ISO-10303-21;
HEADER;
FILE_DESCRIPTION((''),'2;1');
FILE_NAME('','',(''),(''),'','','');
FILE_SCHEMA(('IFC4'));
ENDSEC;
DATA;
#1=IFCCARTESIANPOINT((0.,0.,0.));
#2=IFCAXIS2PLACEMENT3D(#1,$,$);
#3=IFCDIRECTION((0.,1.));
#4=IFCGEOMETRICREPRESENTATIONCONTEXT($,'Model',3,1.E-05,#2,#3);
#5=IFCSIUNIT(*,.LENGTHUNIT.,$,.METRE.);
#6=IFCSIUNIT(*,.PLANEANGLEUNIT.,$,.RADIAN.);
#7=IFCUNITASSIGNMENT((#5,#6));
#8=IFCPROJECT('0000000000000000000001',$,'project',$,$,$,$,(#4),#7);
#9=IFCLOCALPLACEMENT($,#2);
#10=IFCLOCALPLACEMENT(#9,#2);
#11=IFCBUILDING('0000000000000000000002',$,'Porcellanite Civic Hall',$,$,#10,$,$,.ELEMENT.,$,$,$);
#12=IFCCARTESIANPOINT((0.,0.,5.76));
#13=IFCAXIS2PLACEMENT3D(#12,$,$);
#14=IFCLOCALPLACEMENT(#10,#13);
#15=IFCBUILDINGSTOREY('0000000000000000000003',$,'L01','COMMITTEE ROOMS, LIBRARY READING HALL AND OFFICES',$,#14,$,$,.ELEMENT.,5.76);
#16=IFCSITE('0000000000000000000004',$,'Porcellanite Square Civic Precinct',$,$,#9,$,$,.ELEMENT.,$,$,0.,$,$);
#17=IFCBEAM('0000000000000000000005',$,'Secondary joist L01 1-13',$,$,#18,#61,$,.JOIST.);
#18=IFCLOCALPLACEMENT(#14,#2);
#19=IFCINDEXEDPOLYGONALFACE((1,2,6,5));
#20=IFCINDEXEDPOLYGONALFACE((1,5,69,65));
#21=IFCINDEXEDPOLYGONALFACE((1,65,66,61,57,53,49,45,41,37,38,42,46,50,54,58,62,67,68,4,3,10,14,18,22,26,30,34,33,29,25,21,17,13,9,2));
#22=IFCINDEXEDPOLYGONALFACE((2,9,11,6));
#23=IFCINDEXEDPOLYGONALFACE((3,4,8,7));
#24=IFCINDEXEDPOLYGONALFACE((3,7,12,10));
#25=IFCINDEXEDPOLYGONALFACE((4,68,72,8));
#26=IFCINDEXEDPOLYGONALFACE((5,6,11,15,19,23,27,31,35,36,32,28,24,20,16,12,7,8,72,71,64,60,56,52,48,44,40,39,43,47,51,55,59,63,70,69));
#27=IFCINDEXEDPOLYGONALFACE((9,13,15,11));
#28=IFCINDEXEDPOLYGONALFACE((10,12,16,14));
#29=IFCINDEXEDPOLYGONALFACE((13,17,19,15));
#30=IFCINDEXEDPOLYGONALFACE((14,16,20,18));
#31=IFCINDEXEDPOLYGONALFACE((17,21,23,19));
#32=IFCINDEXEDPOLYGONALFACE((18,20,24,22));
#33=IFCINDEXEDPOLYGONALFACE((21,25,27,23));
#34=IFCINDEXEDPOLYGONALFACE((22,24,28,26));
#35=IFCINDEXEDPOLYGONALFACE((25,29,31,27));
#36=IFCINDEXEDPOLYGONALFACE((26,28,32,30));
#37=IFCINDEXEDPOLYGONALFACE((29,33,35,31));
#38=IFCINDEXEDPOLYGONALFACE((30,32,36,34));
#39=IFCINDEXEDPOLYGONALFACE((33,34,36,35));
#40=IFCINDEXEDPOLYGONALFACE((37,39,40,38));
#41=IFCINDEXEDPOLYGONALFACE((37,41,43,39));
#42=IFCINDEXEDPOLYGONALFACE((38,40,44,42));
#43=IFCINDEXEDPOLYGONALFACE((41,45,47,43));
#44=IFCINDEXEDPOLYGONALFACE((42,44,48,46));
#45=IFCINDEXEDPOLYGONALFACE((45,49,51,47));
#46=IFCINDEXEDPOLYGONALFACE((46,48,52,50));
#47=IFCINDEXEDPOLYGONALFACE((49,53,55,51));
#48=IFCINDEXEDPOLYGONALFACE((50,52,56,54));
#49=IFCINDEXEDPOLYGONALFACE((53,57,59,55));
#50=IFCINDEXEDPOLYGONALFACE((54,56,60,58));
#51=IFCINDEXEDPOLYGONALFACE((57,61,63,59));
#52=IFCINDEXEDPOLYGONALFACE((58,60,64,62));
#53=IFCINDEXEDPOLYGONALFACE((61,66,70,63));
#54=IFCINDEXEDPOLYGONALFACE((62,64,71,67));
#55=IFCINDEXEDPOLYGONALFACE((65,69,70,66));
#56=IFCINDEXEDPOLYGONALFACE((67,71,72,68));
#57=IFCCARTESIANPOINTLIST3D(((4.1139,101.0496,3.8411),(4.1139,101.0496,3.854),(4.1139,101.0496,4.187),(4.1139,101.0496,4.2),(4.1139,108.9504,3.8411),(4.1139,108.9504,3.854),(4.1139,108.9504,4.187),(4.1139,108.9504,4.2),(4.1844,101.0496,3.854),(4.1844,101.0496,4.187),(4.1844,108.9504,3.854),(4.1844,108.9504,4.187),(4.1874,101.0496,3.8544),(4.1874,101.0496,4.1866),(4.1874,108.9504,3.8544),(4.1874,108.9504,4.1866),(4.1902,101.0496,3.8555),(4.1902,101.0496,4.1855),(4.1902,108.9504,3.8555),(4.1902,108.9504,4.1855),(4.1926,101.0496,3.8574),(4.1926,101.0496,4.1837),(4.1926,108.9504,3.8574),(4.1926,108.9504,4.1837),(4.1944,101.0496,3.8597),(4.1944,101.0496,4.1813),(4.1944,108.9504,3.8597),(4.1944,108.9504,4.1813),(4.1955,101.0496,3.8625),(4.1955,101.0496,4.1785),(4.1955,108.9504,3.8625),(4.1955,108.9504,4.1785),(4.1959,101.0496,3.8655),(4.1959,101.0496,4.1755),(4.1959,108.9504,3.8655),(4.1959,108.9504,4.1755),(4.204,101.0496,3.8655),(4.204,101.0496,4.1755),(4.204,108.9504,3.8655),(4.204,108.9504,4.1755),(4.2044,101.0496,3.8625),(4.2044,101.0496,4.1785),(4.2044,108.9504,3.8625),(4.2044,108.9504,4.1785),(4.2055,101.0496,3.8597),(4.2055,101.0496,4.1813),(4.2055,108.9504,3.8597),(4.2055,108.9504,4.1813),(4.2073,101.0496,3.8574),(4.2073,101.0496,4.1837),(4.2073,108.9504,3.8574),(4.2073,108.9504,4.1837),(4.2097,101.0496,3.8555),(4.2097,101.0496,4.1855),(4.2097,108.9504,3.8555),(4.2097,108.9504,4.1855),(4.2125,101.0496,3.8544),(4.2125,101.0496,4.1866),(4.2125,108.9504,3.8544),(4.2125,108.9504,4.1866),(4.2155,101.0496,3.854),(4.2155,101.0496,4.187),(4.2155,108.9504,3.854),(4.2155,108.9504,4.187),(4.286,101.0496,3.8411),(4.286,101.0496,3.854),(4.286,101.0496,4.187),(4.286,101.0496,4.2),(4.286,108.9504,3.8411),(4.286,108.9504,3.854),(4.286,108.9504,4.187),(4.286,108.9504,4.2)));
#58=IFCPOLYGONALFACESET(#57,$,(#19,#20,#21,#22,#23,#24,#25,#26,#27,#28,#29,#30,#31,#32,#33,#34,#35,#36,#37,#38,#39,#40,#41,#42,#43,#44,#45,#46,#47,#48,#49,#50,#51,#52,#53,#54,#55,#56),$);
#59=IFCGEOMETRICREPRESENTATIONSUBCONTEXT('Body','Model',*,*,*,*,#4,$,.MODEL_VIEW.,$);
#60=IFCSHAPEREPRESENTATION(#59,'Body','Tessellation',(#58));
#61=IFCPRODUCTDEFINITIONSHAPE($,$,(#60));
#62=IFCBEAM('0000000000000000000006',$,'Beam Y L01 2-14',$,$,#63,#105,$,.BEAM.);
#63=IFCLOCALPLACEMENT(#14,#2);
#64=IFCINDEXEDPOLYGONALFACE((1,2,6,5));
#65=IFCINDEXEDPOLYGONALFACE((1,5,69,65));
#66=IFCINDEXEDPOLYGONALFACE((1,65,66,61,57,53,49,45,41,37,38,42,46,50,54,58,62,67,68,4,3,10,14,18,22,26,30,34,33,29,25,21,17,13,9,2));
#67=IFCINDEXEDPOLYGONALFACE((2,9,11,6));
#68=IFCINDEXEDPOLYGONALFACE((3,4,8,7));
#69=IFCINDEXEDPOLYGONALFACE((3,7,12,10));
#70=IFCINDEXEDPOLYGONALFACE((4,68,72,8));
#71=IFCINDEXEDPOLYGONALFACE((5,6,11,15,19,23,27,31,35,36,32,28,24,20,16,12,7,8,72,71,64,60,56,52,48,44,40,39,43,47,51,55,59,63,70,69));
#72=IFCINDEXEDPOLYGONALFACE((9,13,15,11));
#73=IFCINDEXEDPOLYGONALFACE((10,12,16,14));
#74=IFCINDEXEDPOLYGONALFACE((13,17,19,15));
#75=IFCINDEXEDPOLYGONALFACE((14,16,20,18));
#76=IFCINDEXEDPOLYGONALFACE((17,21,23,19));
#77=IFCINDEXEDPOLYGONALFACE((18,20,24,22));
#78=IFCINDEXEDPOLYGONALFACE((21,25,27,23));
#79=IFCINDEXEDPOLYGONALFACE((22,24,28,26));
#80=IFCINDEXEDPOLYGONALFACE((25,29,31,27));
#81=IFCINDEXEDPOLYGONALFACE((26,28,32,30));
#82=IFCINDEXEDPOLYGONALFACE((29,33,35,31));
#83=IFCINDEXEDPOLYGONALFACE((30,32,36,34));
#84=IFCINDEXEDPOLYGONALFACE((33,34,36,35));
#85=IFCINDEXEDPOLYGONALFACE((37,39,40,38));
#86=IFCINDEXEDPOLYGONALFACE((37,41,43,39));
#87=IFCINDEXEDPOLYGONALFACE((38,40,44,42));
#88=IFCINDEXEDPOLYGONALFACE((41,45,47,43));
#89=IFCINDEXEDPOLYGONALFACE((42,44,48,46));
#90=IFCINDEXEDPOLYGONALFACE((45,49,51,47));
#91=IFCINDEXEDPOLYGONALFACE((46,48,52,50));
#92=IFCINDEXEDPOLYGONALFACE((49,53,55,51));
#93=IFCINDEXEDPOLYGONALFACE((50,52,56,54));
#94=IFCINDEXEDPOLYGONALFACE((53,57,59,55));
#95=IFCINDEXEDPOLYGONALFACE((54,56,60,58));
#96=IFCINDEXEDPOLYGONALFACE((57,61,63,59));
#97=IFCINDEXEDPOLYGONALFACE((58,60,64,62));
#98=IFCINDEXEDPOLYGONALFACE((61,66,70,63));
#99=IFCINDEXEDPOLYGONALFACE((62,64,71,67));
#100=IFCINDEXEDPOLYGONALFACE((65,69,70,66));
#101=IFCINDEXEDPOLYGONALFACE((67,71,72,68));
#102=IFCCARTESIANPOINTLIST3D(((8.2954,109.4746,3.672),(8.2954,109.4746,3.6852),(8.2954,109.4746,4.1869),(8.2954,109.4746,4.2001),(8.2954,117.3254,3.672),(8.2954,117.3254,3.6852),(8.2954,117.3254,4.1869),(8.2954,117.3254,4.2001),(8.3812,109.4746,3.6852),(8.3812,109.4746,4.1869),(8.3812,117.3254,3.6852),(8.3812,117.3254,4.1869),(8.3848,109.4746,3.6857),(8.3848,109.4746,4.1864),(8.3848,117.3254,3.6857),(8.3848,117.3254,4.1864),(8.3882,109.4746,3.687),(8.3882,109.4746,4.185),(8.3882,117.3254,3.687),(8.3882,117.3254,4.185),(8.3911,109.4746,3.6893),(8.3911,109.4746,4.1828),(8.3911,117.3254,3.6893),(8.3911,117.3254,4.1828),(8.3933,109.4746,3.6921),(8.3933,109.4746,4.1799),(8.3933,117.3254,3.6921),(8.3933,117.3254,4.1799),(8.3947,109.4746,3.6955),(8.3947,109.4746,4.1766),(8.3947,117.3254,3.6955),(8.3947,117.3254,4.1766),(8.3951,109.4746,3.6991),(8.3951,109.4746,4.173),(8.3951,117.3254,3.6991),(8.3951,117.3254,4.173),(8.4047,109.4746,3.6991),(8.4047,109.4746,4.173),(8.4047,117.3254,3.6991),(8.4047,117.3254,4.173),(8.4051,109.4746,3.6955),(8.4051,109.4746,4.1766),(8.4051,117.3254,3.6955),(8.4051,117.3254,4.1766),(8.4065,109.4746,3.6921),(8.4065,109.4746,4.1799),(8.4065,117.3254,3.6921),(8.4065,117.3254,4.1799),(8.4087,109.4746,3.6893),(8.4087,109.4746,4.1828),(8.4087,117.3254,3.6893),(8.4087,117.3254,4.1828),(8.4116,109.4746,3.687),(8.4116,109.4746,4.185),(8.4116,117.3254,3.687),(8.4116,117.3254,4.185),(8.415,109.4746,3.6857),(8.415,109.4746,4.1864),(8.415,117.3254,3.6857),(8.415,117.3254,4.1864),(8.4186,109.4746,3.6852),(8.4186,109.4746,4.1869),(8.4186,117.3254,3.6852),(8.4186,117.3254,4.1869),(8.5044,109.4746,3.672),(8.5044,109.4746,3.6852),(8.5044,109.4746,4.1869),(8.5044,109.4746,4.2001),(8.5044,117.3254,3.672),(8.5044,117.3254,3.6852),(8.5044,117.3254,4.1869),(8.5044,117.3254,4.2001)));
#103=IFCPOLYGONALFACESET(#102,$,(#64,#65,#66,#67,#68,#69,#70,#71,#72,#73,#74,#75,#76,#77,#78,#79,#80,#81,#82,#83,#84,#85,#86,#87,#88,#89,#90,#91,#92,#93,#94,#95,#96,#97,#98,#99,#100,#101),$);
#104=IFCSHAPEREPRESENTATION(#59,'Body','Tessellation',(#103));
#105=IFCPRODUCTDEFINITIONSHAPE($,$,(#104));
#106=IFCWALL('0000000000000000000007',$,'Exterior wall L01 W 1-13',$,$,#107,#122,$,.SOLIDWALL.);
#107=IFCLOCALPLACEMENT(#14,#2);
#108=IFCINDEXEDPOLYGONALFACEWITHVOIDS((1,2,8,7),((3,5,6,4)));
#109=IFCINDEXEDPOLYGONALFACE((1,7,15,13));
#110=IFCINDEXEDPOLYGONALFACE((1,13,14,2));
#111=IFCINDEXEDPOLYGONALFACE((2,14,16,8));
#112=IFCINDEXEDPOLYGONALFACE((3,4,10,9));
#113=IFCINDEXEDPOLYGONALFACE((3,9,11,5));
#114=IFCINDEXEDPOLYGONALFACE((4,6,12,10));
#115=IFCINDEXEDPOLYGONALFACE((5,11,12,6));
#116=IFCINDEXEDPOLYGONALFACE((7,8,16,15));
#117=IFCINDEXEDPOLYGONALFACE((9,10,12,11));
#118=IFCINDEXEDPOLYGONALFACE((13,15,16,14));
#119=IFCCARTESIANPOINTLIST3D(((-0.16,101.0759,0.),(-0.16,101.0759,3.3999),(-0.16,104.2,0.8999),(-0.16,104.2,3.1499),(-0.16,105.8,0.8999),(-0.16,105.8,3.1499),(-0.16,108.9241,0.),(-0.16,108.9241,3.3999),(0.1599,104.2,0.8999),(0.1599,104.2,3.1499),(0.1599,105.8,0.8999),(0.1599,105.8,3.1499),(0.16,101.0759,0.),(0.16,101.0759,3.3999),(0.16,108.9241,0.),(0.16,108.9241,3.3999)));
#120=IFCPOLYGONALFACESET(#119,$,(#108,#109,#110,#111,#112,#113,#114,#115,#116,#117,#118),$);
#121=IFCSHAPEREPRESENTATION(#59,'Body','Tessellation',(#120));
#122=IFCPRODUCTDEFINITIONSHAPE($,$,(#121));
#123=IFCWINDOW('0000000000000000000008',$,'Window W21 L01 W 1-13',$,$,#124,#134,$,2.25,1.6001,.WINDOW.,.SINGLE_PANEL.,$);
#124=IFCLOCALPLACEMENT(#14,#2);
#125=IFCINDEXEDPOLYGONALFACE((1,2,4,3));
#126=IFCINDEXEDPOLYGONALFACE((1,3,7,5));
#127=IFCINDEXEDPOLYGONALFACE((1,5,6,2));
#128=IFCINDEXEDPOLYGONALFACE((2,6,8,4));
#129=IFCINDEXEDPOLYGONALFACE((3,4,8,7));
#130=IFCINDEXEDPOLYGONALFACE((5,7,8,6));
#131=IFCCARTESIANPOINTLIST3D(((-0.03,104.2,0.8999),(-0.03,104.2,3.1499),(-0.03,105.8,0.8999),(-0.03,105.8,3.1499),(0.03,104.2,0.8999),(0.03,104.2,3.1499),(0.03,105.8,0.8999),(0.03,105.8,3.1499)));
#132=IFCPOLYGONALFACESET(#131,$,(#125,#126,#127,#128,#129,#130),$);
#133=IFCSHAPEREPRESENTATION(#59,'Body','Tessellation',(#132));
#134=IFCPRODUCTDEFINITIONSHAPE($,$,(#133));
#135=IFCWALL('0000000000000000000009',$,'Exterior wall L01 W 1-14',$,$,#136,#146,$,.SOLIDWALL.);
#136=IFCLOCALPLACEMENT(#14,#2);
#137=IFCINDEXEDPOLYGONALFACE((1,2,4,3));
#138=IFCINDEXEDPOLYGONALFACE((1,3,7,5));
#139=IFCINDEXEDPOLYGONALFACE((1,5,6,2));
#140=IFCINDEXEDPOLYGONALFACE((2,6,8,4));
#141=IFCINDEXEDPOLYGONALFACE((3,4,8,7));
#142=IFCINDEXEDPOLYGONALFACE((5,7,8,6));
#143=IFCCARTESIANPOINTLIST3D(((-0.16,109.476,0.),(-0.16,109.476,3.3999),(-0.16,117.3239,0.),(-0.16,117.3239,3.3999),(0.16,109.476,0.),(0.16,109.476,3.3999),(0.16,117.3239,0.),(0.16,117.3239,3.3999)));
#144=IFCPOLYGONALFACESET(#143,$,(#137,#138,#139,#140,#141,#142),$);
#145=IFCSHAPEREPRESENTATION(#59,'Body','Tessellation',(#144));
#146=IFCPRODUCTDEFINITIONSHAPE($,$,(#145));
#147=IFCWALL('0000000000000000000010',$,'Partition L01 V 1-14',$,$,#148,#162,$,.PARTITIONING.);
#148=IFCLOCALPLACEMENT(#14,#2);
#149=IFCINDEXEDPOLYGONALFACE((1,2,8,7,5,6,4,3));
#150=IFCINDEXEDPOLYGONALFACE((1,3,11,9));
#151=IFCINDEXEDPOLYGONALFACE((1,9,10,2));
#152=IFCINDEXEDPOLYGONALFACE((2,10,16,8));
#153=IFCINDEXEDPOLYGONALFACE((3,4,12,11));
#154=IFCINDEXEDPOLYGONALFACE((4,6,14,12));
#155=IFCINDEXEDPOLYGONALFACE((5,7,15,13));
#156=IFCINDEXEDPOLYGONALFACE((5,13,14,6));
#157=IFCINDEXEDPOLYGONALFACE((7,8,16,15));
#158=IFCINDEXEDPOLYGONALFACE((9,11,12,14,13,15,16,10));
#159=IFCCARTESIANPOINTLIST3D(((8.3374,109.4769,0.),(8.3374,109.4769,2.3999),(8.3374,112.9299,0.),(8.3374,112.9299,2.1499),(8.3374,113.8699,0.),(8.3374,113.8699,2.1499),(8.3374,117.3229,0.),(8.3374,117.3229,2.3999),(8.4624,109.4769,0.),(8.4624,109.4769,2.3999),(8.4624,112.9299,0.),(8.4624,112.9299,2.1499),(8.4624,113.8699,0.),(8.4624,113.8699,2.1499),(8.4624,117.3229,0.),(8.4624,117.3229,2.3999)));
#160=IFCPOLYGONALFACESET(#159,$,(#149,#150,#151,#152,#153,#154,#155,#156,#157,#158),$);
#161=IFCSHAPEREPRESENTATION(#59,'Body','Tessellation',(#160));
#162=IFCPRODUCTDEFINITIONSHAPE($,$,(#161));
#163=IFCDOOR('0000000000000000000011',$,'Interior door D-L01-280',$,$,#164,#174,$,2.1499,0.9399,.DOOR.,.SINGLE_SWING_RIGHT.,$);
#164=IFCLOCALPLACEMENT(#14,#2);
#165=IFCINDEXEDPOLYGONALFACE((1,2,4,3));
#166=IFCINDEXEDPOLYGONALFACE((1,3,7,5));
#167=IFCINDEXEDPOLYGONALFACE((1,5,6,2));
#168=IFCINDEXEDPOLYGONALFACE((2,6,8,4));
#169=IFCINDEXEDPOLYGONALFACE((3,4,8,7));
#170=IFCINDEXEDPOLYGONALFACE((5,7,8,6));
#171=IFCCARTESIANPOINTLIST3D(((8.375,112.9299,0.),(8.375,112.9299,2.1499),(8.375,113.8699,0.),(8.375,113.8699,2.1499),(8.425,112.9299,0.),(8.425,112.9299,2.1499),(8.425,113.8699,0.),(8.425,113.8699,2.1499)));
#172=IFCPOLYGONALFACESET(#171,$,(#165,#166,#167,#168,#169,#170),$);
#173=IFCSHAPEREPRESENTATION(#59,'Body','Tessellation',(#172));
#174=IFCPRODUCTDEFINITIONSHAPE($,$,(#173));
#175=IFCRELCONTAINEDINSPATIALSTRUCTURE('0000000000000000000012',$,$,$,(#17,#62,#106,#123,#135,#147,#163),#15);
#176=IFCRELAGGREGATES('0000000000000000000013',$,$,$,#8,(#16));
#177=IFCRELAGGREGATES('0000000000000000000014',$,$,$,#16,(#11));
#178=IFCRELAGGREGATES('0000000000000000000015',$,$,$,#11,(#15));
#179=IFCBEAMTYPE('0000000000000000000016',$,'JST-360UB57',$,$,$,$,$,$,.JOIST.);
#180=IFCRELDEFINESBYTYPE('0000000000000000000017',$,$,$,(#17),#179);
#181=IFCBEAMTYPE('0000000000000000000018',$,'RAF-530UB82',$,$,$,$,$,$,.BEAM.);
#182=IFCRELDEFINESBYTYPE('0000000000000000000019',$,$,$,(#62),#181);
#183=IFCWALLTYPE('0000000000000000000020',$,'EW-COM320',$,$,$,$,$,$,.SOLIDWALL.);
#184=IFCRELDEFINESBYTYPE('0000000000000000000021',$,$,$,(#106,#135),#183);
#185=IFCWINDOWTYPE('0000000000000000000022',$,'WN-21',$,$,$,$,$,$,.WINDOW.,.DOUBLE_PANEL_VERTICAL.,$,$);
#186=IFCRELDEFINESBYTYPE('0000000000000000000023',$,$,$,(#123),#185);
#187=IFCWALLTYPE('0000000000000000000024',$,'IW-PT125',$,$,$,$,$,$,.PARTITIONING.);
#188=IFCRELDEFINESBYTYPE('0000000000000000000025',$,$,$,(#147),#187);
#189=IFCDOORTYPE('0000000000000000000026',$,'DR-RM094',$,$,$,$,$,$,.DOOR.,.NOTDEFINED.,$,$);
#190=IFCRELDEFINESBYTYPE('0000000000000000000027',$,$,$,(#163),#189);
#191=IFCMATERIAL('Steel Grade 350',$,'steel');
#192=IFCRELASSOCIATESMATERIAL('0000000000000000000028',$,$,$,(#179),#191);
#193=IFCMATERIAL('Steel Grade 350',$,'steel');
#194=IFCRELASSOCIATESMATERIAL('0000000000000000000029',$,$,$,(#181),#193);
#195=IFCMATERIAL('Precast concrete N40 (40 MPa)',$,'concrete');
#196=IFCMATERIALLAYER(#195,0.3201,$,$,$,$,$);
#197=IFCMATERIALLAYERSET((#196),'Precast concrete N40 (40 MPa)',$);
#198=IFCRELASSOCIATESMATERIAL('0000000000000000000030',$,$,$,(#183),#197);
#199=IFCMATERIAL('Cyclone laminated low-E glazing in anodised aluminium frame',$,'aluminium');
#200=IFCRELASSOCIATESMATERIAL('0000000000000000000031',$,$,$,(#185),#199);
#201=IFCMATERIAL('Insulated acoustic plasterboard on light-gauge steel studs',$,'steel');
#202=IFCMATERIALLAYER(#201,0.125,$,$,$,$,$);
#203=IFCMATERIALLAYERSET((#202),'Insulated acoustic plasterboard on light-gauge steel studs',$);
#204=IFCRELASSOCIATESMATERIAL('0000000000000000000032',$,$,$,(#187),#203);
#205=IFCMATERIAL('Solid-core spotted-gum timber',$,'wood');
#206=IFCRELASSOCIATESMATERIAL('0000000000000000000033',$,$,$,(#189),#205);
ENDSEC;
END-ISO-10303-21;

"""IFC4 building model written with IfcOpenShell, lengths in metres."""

from ifc_helpers import new_model, si_unit, direction, frame, frame_2d, origin, origin_2d, place, context, subcontext, project, spatial, rectangle, i_section, extrude, material, layer, layer_set, material_profile, profile_set, type_object, element, fill, save


model = new_model("IFC4")

# Units and contexts
model_context = context("Model", 3, precision=1e-05, world=origin(), true_north=direction((0.0, 1.0)))
body_context = subcontext(model_context, "Body", "Model", "MODEL_VIEW")
ifc_project = project(units=[si_unit("LENGTHUNIT", "METRE"), si_unit("PLANEANGLEUNIT", "RADIAN")], contexts=[model_context])

# Site, building, storey
site_placement = place(None, origin())
site = spatial("IfcSite", under=ifc_project, at=site_placement, Name="Porcellanite Square Civic Precinct", CompositionType="ELEMENT", RefElevation=0.0)
building_placement = place(site_placement, origin())
building = spatial("IfcBuilding", under=site, at=building_placement, Name="Porcellanite Civic Hall", CompositionType="ELEMENT")
storey_placement = place(building_placement, frame((0.0, 0.0, 5.76)))
storey = spatial("IfcBuildingStorey", under=building, at=storey_placement, Name="L01", Description="COMMITTEE ROOMS, LIBRARY READING HALL AND OFFICES", CompositionType="ELEMENT", Elevation=5.76)

# Beams
ifc_material_1 = material(Name="Steel Grade 350", Category="steel")
ifc_material_profile_1 = material_profile(ifc_material_1, i_section(OverallWidth=0.1721, OverallDepth=0.3589, WebThickness=0.0081, FlangeThickness=0.0129, FilletRadius=0.0115, at=origin_2d()), Name="360UB56.7")
ifc_profile_set_1 = profile_set([ifc_material_profile_1], Name="Steel Grade 350")
beam_type_1 = type_object("IfcBeamType", Name="JST-360UB57", PredefinedType="JOIST", material=ifc_profile_set_1)
beam_1_placement = place(storey_placement, frame((4.2, 101.0496, 4.0205), z_axis=(0.0, 1.0, 0.0), x_axis=(-1.0, 0.0, 0.0)))
element("IfcBeam", 1, at=beam_1_placement, inside=storey, type_object=beam_type_1, Name="Secondary joist L01 1-13", PredefinedType="JOIST", context=body_context, shape_type="SweptSolid", body=[
    extrude(i_section(OverallWidth=0.1721, OverallDepth=0.3589, WebThickness=0.0081, FlangeThickness=0.0129, FilletRadius=0.0115, at=origin_2d()), origin(), (0.0, 0.0, 1.0), 7.9009),
])
ifc_material_2 = material(Name="Steel Grade 350", Category="steel")
ifc_material_profile_2 = material_profile(ifc_material_2, i_section(OverallWidth=0.209, OverallDepth=0.5281, WebThickness=0.0095, FlangeThickness=0.0132, FilletRadius=0.0139, at=origin_2d()), Name="530UB82.0")
ifc_profile_set_2 = profile_set([ifc_material_profile_2], Name="Steel Grade 350")
beam_type_2 = type_object("IfcBeamType", Name="RAF-530UB82", PredefinedType="BEAM", material=ifc_profile_set_2)
beam_2_placement = place(storey_placement, frame((8.3999, 109.4746, 3.936), z_axis=(0.0, 1.0, 0.0), x_axis=(-1.0, 0.0, 0.0)))
element("IfcBeam", 2, at=beam_2_placement, inside=storey, type_object=beam_type_2, Name="Beam Y L01 2-14", PredefinedType="BEAM", context=body_context, shape_type="SweptSolid", body=[
    extrude(i_section(OverallWidth=0.209, OverallDepth=0.5281, WebThickness=0.0095, FlangeThickness=0.0132, FilletRadius=0.0139, at=origin_2d()), origin(), (0.0, 0.0, 1.0), 7.8508),
])

# Wall, opening, window
ifc_material_3 = material(Name="Precast concrete N40 (40 MPa)", Category="concrete")
ifc_layer_1 = layer(ifc_material_3, 0.3201)
ifc_layer_set_1 = layer_set([ifc_layer_1], Name="Precast concrete N40 (40 MPa)")
wall_type_1 = type_object("IfcWallType", Name="EW-COM320", PredefinedType="SOLIDWALL", material=ifc_layer_set_1)
wall_1_placement = place(storey_placement, frame((0.0, 101.0759, 0.0), z_axis=(0.0, 0.0, 1.0), x_axis=(0.0, 1.0, 0.0)))
wall_1 = element("IfcWall", 3, at=wall_1_placement, inside=storey, type_object=wall_type_1, Name="Exterior wall L01 W 1-13", PredefinedType="SOLIDWALL", context=body_context, shape_type="SweptSolid", body=[
    extrude(rectangle(XDim=7.8481, YDim=0.3201, at=frame_2d((3.9241, 0.0))), origin(), (0.0, 0.0, 1.0), 3.3999),
])
opening_1_placement = place(wall_1_placement, frame((3.124, 0.0, 0.8999)))
opening_1 = element("IfcOpeningElement", 4, at=opening_1_placement, cuts=wall_1, PredefinedType="OPENING", context=body_context, shape_type="SweptSolid", body=[
    extrude(rectangle(XDim=1.6001, YDim=2.25, at=frame_2d((0.8, 1.125))), frame((0.0, 0.1602, 0.0), z_axis=(0.0, -1.0, 0.0), x_axis=(1.0, 0.0, 0.0)), (0.0, 0.0, 1.0), 0.3201),
])
ifc_material_4 = material(Name="Cyclone laminated low-E glazing in anodised aluminium frame", Category="aluminium")
window_type = type_object("IfcWindowType", Name="WN-21", PartitioningType="DOUBLE_PANEL_VERTICAL", PredefinedType="WINDOW", material=ifc_material_4)
window_placement = place(opening_1_placement, origin())
window = element("IfcWindow", 5, at=window_placement, inside=storey, type_object=window_type, Name="Window W21 L01 W 1-13", OverallHeight=2.25, OverallWidth=1.6001, PartitioningType="SINGLE_PANEL", PredefinedType="WINDOW", context=body_context, shape_type="SweptSolid", body=[
    extrude(rectangle(XDim=1.6001, YDim=2.25, at=frame_2d((0.8, 1.125))), frame((0.0, 0.03, 0.0), z_axis=(0.0, -1.0, 0.0), x_axis=(1.0, 0.0, 0.0)), (0.0, 0.0, 1.0), 0.0601),
])
fill(opening_1, window)

# Wall
wall_2_placement = place(storey_placement, frame((0.0, 109.4761, 0.0), z_axis=(0.0, 0.0, 1.0), x_axis=(0.0, 1.0, 0.0)))
element("IfcWall", 6, at=wall_2_placement, inside=storey, type_object=wall_type_1, Name="Exterior wall L01 W 1-14", PredefinedType="SOLIDWALL", context=body_context, shape_type="SweptSolid", body=[
    extrude(rectangle(XDim=7.8479, YDim=0.3201, at=frame_2d((3.9238, 0.0))), origin(), (0.0, 0.0, 1.0), 3.3999),
])

# Wall, opening, door
ifc_material_5 = material(Name="Insulated acoustic plasterboard on light-gauge steel studs", Category="steel")
ifc_layer_2 = layer(ifc_material_5, 0.125)
ifc_layer_set_2 = layer_set([ifc_layer_2], Name="Insulated acoustic plasterboard on light-gauge steel studs")
wall_type_2 = type_object("IfcWallType", Name="IW-PT125", PredefinedType="PARTITIONING", material=ifc_layer_set_2)
wall_3_placement = place(storey_placement, frame((8.3999, 109.4771, 0.0), z_axis=(0.0, 0.0, 1.0), x_axis=(0.0, 1.0, 0.0)))
wall_3 = element("IfcWall", 7, at=wall_3_placement, inside=storey, type_object=wall_type_2, Name="Partition L01 V 1-14", PredefinedType="PARTITIONING", context=body_context, shape_type="SweptSolid", body=[
    extrude(rectangle(XDim=7.8459, YDim=0.125, at=frame_2d((3.9229, 0.0))), origin(), (0.0, 0.0, 1.0), 2.3999),
])
opening_2_placement = place(wall_3_placement, frame((3.4529, 0.0, 0.0)))
opening_2 = element("IfcOpeningElement", 8, at=opening_2_placement, cuts=wall_3, PredefinedType="OPENING", context=body_context, shape_type="SweptSolid", body=[
    extrude(rectangle(XDim=0.9399, YDim=2.1499, at=frame_2d((0.47, 1.075))), frame((0.0, 0.0625, 0.0), z_axis=(0.0, -1.0, 0.0), x_axis=(1.0, 0.0, 0.0)), (0.0, 0.0, 1.0), 0.125),
])
ifc_material_6 = material(Name="Solid-core spotted-gum timber", Category="wood")
door_type_1 = type_object("IfcDoorType", Name="DR-RM094", OperationType="NOTDEFINED", PredefinedType="DOOR", material=ifc_material_6)
door_1_placement = place(opening_2_placement, origin())
door_1 = element("IfcDoor", 9, at=door_1_placement, inside=storey, type_object=door_type_1, Name="Interior door D-L01-280", OperationType="SINGLE_SWING_RIGHT", OverallHeight=2.1499, OverallWidth=0.9399, PredefinedType="DOOR", context=body_context, shape_type="SweptSolid", body=[
    extrude(rectangle(XDim=0.9399, YDim=2.1499, at=frame_2d((0.47, 1.075))), frame((0.0, 0.0249, 0.0), z_axis=(0.0, -1.0, 0.0), x_axis=(1.0, 0.0, 0.0)), (0.0, 0.0, 1.0), 0.05),
])
fill(opening_2, door_1)

save(model, "model.ifc")
